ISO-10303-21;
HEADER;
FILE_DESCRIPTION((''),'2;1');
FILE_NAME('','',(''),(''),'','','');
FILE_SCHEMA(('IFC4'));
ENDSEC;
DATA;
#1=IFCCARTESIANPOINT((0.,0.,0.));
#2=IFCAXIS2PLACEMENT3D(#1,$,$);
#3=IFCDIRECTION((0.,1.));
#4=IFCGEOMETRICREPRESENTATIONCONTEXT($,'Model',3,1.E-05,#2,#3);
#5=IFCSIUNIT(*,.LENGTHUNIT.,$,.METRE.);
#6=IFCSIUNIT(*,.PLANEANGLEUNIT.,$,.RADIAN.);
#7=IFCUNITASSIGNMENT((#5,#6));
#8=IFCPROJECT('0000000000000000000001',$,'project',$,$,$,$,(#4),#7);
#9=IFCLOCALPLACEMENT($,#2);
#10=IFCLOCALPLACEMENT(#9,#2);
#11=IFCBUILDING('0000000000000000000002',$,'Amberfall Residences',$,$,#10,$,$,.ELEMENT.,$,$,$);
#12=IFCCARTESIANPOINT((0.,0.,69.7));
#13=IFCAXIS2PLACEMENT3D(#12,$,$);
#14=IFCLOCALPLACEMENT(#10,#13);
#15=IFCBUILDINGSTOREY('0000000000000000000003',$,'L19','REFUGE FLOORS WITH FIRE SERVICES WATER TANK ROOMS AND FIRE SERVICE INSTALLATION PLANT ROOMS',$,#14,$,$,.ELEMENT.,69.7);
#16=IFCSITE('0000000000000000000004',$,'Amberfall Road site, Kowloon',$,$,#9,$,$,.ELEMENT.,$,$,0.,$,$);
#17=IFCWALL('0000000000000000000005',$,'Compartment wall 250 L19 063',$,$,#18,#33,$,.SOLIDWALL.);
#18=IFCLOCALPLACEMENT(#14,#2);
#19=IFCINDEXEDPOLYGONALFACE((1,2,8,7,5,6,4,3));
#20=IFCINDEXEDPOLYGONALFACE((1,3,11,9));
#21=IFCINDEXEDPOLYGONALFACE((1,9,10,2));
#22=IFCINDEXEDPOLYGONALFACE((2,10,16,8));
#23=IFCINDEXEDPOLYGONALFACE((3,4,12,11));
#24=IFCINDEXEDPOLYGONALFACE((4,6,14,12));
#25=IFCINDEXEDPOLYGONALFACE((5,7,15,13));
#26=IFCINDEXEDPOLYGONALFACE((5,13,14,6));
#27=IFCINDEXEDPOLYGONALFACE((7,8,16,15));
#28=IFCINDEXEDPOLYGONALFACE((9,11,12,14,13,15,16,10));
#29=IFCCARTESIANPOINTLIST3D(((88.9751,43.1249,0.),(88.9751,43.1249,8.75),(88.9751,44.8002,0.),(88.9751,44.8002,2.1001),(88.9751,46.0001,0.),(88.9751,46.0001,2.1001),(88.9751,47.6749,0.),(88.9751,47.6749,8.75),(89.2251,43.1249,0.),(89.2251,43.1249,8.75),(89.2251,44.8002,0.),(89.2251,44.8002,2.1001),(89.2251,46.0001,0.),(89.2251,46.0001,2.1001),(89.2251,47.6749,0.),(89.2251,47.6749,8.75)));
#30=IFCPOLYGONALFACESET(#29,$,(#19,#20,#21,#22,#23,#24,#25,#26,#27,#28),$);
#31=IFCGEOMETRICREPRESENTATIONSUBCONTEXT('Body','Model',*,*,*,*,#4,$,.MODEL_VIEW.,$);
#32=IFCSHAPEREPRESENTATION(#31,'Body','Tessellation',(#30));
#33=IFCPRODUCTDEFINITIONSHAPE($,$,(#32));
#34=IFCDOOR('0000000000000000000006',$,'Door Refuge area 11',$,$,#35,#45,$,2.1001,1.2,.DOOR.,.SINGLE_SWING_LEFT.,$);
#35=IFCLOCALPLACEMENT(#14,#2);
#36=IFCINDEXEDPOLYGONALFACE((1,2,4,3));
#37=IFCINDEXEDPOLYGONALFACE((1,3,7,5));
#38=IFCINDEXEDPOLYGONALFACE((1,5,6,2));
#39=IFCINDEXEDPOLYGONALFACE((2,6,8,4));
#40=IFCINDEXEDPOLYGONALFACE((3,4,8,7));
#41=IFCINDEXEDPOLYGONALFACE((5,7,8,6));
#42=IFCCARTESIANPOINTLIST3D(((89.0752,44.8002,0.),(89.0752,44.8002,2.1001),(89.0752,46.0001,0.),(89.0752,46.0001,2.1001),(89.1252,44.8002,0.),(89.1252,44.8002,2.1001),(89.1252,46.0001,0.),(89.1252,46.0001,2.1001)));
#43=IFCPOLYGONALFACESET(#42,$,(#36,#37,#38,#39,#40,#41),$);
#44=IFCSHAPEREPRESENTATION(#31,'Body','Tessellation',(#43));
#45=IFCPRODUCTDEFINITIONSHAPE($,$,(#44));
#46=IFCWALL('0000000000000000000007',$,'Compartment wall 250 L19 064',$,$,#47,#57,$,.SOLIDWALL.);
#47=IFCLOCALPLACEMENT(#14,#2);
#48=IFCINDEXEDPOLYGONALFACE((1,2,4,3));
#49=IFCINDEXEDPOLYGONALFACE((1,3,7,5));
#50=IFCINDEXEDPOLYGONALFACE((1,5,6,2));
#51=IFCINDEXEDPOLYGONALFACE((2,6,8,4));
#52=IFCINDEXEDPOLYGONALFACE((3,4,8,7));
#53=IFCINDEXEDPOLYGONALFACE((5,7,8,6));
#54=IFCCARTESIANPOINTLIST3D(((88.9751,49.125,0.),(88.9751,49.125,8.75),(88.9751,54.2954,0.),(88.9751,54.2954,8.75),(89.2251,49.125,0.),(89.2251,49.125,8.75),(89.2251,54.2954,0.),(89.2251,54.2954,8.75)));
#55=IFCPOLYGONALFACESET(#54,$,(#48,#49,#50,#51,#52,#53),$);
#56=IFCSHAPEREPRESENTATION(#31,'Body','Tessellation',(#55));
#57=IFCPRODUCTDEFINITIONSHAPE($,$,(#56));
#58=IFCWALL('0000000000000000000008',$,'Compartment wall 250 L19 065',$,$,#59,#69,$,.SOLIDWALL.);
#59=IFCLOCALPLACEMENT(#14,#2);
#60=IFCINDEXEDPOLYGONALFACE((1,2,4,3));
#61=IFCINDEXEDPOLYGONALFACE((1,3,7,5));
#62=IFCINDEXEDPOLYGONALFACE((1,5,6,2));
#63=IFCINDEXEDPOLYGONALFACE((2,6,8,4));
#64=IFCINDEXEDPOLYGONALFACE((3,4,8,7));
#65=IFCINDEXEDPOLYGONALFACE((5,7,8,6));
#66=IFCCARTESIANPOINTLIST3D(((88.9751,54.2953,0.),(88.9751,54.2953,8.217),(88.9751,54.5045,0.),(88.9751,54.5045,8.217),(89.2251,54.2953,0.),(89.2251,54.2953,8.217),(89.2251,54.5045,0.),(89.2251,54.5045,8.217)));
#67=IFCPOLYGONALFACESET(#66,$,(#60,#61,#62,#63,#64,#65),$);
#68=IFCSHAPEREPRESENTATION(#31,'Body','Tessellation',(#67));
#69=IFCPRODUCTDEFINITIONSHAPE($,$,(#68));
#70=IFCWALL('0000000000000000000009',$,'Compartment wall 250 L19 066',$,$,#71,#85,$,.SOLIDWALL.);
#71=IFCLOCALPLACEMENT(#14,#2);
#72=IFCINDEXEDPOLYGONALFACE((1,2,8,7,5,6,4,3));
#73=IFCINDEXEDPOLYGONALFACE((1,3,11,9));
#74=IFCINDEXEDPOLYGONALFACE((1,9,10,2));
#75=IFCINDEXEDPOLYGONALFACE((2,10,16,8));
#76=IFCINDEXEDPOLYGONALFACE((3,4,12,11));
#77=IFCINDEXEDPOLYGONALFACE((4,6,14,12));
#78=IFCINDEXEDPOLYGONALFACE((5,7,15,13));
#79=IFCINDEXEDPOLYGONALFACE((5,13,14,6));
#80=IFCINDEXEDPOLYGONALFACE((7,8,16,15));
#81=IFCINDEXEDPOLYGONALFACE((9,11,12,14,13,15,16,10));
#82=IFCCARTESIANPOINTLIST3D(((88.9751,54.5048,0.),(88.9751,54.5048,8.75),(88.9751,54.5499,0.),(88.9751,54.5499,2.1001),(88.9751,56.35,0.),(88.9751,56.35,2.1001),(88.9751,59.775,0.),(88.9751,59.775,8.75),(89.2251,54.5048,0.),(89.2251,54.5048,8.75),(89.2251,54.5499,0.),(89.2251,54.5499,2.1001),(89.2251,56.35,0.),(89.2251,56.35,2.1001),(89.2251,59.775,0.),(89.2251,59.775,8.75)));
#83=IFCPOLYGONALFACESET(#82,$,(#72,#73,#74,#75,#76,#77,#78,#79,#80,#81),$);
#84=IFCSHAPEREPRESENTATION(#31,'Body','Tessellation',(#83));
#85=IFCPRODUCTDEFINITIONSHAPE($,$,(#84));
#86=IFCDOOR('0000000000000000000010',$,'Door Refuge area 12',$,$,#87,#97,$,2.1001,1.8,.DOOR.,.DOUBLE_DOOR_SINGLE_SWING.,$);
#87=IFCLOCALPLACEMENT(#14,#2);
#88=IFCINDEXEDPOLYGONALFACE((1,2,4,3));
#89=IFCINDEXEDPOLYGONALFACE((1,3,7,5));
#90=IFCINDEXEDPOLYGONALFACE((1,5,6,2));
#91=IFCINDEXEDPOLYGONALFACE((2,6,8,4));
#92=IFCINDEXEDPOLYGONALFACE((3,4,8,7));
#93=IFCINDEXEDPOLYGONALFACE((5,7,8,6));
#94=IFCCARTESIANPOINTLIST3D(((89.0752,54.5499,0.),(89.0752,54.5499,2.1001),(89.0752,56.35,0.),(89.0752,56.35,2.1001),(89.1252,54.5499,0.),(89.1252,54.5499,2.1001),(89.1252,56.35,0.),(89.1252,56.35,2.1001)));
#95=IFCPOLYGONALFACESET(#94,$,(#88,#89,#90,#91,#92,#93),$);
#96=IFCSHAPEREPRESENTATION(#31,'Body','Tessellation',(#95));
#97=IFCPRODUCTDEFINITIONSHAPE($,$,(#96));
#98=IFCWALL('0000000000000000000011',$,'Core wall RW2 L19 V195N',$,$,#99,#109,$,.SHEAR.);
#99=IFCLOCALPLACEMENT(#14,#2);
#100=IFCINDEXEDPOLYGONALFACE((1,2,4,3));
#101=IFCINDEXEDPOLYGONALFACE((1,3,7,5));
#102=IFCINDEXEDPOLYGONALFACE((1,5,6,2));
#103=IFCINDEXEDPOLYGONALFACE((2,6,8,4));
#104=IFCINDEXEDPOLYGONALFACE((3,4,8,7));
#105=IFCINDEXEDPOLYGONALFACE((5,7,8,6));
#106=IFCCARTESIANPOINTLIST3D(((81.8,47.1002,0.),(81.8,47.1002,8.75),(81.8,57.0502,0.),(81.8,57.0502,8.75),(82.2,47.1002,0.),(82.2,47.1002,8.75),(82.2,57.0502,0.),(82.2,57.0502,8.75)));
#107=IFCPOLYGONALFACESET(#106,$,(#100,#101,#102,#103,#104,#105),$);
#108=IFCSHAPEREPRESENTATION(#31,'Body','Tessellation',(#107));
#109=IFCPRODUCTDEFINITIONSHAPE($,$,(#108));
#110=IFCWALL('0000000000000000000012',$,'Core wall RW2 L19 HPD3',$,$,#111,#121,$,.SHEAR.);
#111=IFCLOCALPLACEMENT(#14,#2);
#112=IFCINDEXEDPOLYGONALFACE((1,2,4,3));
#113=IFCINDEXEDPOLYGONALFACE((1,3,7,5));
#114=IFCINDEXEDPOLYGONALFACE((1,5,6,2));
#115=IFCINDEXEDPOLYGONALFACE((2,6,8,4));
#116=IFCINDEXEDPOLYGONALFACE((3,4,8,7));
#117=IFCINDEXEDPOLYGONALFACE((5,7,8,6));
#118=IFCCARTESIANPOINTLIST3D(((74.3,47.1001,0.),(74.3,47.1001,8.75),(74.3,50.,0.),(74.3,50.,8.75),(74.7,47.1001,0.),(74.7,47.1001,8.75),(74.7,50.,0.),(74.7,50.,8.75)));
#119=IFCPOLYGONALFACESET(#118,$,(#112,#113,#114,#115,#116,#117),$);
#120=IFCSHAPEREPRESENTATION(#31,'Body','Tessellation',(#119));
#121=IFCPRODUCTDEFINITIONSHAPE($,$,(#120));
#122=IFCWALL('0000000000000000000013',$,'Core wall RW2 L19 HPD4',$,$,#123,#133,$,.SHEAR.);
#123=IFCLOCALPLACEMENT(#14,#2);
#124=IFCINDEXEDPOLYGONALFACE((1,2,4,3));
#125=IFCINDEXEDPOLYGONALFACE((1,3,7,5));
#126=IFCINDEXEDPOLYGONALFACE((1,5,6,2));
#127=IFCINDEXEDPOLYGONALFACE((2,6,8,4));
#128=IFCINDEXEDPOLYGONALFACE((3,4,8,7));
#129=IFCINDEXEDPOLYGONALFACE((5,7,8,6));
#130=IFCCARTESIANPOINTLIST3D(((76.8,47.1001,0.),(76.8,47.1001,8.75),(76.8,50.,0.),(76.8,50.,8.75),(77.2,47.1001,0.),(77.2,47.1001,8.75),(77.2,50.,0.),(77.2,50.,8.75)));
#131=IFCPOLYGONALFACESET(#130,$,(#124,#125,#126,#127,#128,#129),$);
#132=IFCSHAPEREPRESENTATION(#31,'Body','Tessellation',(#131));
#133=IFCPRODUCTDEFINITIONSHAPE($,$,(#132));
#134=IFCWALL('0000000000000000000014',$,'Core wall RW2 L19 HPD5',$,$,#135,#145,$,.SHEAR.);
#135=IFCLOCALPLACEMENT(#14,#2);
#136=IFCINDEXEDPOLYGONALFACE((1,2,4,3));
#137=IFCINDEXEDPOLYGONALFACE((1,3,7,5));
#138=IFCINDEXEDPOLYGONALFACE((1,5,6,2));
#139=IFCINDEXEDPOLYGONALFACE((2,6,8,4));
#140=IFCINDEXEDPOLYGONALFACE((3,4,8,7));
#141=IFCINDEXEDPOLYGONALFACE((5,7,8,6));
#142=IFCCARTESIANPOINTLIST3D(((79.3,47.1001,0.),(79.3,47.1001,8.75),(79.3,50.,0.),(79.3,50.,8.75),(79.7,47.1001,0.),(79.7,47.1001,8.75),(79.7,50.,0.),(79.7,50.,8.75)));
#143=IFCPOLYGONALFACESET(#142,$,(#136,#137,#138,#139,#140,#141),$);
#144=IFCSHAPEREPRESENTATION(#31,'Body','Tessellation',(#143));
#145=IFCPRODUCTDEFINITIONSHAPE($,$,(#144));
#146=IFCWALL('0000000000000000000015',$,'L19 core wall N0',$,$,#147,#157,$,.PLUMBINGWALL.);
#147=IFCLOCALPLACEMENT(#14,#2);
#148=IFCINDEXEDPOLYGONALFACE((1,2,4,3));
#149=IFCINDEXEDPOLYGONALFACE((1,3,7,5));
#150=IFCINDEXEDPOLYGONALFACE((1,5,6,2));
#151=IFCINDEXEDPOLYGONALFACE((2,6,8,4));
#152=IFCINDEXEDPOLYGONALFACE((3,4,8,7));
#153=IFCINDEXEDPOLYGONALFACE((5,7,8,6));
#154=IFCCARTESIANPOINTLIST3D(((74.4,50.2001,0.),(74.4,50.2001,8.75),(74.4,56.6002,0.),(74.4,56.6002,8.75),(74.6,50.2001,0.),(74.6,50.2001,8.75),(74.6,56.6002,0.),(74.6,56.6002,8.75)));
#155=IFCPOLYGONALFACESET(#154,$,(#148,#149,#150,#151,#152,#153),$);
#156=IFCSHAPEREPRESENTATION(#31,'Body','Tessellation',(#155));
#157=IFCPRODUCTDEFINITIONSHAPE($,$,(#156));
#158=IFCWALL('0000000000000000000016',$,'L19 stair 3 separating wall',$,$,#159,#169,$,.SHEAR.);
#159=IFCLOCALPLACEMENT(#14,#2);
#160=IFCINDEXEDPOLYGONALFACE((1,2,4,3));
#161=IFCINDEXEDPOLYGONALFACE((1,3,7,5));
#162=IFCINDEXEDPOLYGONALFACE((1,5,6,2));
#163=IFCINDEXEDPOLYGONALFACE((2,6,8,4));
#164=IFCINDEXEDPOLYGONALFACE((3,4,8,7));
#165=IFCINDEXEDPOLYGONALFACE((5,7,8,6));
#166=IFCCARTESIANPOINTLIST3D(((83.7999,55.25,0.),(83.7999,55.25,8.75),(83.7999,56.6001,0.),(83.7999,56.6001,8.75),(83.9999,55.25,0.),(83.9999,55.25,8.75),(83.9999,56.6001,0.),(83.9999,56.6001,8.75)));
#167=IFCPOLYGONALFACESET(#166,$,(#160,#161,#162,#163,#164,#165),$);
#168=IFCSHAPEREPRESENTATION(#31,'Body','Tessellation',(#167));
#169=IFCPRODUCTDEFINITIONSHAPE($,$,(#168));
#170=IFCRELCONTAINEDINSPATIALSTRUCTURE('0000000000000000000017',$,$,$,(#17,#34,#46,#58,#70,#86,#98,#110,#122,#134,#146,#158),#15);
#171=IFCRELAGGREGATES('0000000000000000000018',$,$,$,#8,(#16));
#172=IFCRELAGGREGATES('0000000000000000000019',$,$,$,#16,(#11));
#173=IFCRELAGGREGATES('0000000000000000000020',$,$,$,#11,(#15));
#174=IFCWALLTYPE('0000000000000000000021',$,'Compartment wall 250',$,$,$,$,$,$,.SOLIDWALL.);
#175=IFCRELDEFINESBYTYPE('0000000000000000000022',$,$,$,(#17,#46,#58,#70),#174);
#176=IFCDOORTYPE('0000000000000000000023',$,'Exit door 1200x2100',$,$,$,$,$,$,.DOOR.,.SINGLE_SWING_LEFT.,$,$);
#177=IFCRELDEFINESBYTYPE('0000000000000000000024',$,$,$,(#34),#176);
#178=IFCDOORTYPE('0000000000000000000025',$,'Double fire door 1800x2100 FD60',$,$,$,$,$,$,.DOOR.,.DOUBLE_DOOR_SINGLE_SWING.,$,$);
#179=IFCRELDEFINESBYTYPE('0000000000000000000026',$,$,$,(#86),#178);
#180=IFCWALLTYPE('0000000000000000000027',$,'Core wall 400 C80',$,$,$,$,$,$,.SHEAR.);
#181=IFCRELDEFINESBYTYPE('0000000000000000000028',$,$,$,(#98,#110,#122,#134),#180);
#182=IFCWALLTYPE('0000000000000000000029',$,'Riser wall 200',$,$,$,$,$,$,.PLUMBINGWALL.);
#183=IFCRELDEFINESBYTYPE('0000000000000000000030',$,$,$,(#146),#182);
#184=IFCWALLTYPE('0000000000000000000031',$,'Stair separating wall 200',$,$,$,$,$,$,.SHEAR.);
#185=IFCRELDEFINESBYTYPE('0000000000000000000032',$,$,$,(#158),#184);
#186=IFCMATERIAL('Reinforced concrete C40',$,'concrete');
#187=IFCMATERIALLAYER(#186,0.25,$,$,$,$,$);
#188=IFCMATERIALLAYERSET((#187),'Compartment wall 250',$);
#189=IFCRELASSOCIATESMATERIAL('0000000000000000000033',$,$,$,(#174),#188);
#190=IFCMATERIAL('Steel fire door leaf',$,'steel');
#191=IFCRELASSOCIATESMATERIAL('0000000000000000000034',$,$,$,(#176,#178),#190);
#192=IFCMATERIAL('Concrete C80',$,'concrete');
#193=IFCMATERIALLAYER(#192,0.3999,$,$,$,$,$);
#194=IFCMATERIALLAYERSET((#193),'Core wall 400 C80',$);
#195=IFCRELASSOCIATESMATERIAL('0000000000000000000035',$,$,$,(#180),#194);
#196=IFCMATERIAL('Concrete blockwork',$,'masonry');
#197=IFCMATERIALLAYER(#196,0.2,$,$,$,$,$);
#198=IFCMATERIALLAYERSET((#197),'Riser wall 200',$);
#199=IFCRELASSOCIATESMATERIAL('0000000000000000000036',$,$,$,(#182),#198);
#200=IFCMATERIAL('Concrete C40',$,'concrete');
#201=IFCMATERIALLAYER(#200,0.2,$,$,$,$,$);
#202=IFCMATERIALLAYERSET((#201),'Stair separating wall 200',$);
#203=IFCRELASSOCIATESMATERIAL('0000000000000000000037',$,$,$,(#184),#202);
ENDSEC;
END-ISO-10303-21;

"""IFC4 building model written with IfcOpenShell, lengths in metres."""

from ifc_helpers import new_model, si_unit, direction, frame, frame_2d, origin, place, context, subcontext, project, spatial, rectangle, extrude, material, layer, layer_set, type_object, element, fill, save


model = new_model("IFC4")

# Units and contexts
model_context = context("Model", 3, precision=1e-05, world=origin(), true_north=direction((0.0, 1.0)))
body_context = subcontext(model_context, "Body", "Model", "MODEL_VIEW")
ifc_project = project(units=[si_unit("LENGTHUNIT", "METRE"), si_unit("PLANEANGLEUNIT", "RADIAN")], contexts=[model_context])

# Site, building, storey
site_placement = place(None, origin())
site = spatial("IfcSite", under=ifc_project, at=site_placement, Name="Amberfall Road site, Kowloon", CompositionType="ELEMENT", RefElevation=0.0)
building_placement = place(site_placement, origin())
building = spatial("IfcBuilding", under=site, at=building_placement, Name="Amberfall Residences", CompositionType="ELEMENT")
storey_placement = place(building_placement, frame((0.0, 0.0, 69.7)))
storey = spatial("IfcBuildingStorey", under=building, at=storey_placement, Name="L19", Description="REFUGE FLOORS WITH FIRE SERVICES WATER TANK ROOMS AND FIRE SERVICE INSTALLATION PLANT ROOMS", CompositionType="ELEMENT", Elevation=69.7)

# Shared definitions
ifc_material_1 = material(Name="Reinforced concrete C40", Category="concrete")
ifc_layer_1 = layer(ifc_material_1, 0.25)
ifc_layer_set_1 = layer_set([ifc_layer_1], Name="Compartment wall 250")
wall_type_1 = type_object("IfcWallType", Name="Compartment wall 250", PredefinedType="SOLIDWALL", material=ifc_layer_set_1)

# Wall, opening, door
wall_1_placement = place(storey_placement, frame((89.1001, 43.125, 0.0), z_axis=(0.0, 0.0, 1.0), x_axis=(0.0, 1.0, 0.0)))
wall_1 = element("IfcWall", 1, at=wall_1_placement, inside=storey, type_object=wall_type_1, Name="Compartment wall 250 L19 063", PredefinedType="SOLIDWALL", context=body_context, shape_type="SweptSolid", body=[
    extrude(rectangle(XDim=4.55, YDim=0.25, at=frame_2d((2.2749, 0.0))), origin(), (0.0, 0.0, 1.0), 8.75),
])
opening_1_placement = place(wall_1_placement, frame((1.675, 0.0, 0.0)))
opening_1 = element("IfcOpeningElement", 2, at=opening_1_placement, cuts=wall_1, PredefinedType="OPENING", context=body_context, shape_type="SweptSolid", body=[
    extrude(rectangle(XDim=1.2, YDim=2.1001, at=frame_2d((0.6001, 1.05))), frame((0.0, 0.135, 0.0), z_axis=(0.0, -1.0, 0.0), x_axis=(1.0, 0.0, 0.0)), (0.0, 0.0, 1.0), 0.27),
])
ifc_material_2 = material(Name="Steel fire door leaf", Category="steel")
door_type_1 = type_object("IfcDoorType", Name="Exit door 1200x2100", OperationType="SINGLE_SWING_LEFT", PredefinedType="DOOR", material=ifc_material_2)
door_1_placement = place(opening_1_placement, origin())
door_1 = element("IfcDoor", 3, at=door_1_placement, inside=storey, type_object=door_type_1, Name="Door Refuge area 11", OperationType="SINGLE_SWING_LEFT", OverallHeight=2.1001, OverallWidth=1.2, PredefinedType="DOOR", context=body_context, shape_type="SweptSolid", body=[
    extrude(rectangle(XDim=1.2, YDim=2.1001, at=frame_2d((0.6001, 1.05))), frame((0.0, 0.0249, 0.0), z_axis=(0.0, -1.0, 0.0), x_axis=(1.0, 0.0, 0.0)), (0.0, 0.0, 1.0), 0.05),
])
fill(opening_1, door_1)

# Walls
wall_2_placement = place(storey_placement, frame((89.1001, 49.125, 0.0), z_axis=(0.0, 0.0, 1.0), x_axis=(0.0, 1.0, 0.0)))
element("IfcWall", 4, at=wall_2_placement, inside=storey, type_object=wall_type_1, Name="Compartment wall 250 L19 064", PredefinedType="SOLIDWALL", context=body_context, shape_type="SweptSolid", body=[
    extrude(rectangle(XDim=5.1704, YDim=0.25, at=frame_2d((2.5852, 0.0))), origin(), (0.0, 0.0, 1.0), 8.75),
])
wall_3_placement = place(storey_placement, frame((89.1001, 54.2954, 0.0), z_axis=(0.0, 0.0, 1.0), x_axis=(0.0, 1.0, 0.0)))
element("IfcWall", 5, at=wall_3_placement, inside=storey, type_object=wall_type_1, Name="Compartment wall 250 L19 065", PredefinedType="SOLIDWALL", context=body_context, shape_type="SweptSolid", body=[
    extrude(rectangle(XDim=0.2092, YDim=0.25, at=frame_2d((0.1045, 0.0))), origin(), (0.0, 0.0, 1.0), 8.217),
])

# Wall, opening, door
wall_4_placement = place(storey_placement, frame((89.1001, 54.5046, 0.0), z_axis=(0.0, 0.0, 1.0), x_axis=(0.0, 1.0, 0.0)))
wall_4 = element("IfcWall", 6, at=wall_4_placement, inside=storey, type_object=wall_type_1, Name="Compartment wall 250 L19 066", PredefinedType="SOLIDWALL", context=body_context, shape_type="SweptSolid", body=[
    extrude(rectangle(XDim=5.2703, YDim=0.25, at=frame_2d((2.6353, 0.0))), origin(), (0.0, 0.0, 1.0), 8.75),
])
opening_2_placement = place(wall_4_placement, frame((0.0454, 0.0, 0.0)))
opening_2 = element("IfcOpeningElement", 7, at=opening_2_placement, cuts=wall_4, PredefinedType="OPENING", context=body_context, shape_type="SweptSolid", body=[
    extrude(rectangle(XDim=1.8, YDim=2.1001, at=frame_2d((0.8999, 1.05))), frame((0.0, 0.135, 0.0), z_axis=(0.0, -1.0, 0.0), x_axis=(1.0, 0.0, 0.0)), (0.0, 0.0, 1.0), 0.27),
])
door_type_2 = type_object("IfcDoorType", Name="Double fire door 1800x2100 FD60", OperationType="DOUBLE_DOOR_SINGLE_SWING", PredefinedType="DOOR", material=ifc_material_2)
door_2_placement = place(opening_2_placement, origin())
door_2 = element("IfcDoor", 8, at=door_2_placement, inside=storey, type_object=door_type_2, Name="Door Refuge area 12", OperationType="DOUBLE_DOOR_SINGLE_SWING", OverallHeight=2.1001, OverallWidth=1.8, PredefinedType="DOOR", context=body_context, shape_type="SweptSolid", body=[
    extrude(rectangle(XDim=1.8, YDim=2.1001, at=frame_2d((0.8999, 1.05))), frame((0.0, 0.0249, 0.0), z_axis=(0.0, -1.0, 0.0), x_axis=(1.0, 0.0, 0.0)), (0.0, 0.0, 1.0), 0.05),
])
fill(opening_2, door_2)

# Walls
ifc_material_3 = material(Name="Concrete C80", Category="concrete")
ifc_layer_2 = layer(ifc_material_3, 0.3999)
ifc_layer_set_2 = layer_set([ifc_layer_2], Name="Core wall 400 C80")
wall_type_2 = type_object("IfcWallType", Name="Core wall 400 C80", PredefinedType="SHEAR", material=ifc_layer_set_2)
wall_5_placement = place(storey_placement, frame((82.0, 47.1001, 0.0), z_axis=(0.0, 0.0, 1.0), x_axis=(0.0, 1.0, 0.0)))
element("IfcWall", 9, at=wall_5_placement, inside=storey, type_object=wall_type_2, Name="Core wall RW2 L19 V195N", PredefinedType="SHEAR", context=body_context, shape_type="SweptSolid", body=[
    extrude(rectangle(XDim=9.95, YDim=0.3999, at=frame_2d((4.9751, 0.0))), origin(), (0.0, 0.0, 1.0), 8.75),
])
for number, where, z_axis, x_axis, name in (
    (10, (74.5, 47.1001, 0.0), (0.0, 0.0, 1.0), (0.0, 1.0, 0.0), "Core wall RW2 L19 HPD3"),
    (11, (77.0, 47.1001, 0.0), (0.0, 0.0, 1.0), (0.0, 1.0, 0.0), "Core wall RW2 L19 HPD4"),
    (12, (79.5, 47.1001, 0.0), (0.0, 0.0, 1.0), (0.0, 1.0, 0.0), "Core wall RW2 L19 HPD5"),
):
    element("IfcWall", number, at=place(storey_placement, frame(where, z_axis=z_axis, x_axis=x_axis)), inside=storey, type_object=wall_type_2, Name=name, PredefinedType="SHEAR", context=body_context, shape_type="SweptSolid", body=[
        extrude(rectangle(XDim=2.8999, YDim=0.3999, at=frame_2d((1.45, 0.0))), origin(), (0.0, 0.0, 1.0), 8.75),
    ])
ifc_material_4 = material(Name="Concrete blockwork", Category="masonry")
ifc_layer_3 = layer(ifc_material_4, 0.2)
ifc_layer_set_3 = layer_set([ifc_layer_3], Name="Riser wall 200")
wall_type_3 = type_object("IfcWallType", Name="Riser wall 200", PredefinedType="PLUMBINGWALL", material=ifc_layer_set_3)
wall_6_placement = place(storey_placement, frame((74.5, 50.2, 0.0), z_axis=(0.0, 0.0, 1.0), x_axis=(0.0, 1.0, 0.0)))
element("IfcWall", 13, at=wall_6_placement, inside=storey, type_object=wall_type_3, Name="L19 core wall N0", PredefinedType="PLUMBINGWALL", context=body_context, shape_type="SweptSolid", body=[
    extrude(rectangle(XDim=6.4001, YDim=0.2, at=frame_2d((3.2002, 0.0))), origin(), (0.0, 0.0, 1.0), 8.75),
])
ifc_material_5 = material(Name="Concrete C40", Category="concrete")
ifc_layer_4 = layer(ifc_material_5, 0.2)
ifc_layer_set_4 = layer_set([ifc_layer_4], Name="Stair separating wall 200")
wall_type_4 = type_object("IfcWallType", Name="Stair separating wall 200", PredefinedType="SHEAR", material=ifc_layer_set_4)
wall_7_placement = place(storey_placement, frame((83.8999, 56.6001, 0.0), z_axis=(0.0, 0.0, 1.0), x_axis=(0.0, -1.0, 0.0)))
element("IfcWall", 14, at=wall_7_placement, inside=storey, type_object=wall_type_4, Name="L19 stair 3 separating wall", PredefinedType="SHEAR", context=body_context, shape_type="SweptSolid", body=[
    extrude(rectangle(XDim=1.3501, YDim=0.2, at=frame_2d((0.675, 0.0))), origin(), (0.0, 0.0, 1.0), 8.75),
])

save(model, "model.ifc")
